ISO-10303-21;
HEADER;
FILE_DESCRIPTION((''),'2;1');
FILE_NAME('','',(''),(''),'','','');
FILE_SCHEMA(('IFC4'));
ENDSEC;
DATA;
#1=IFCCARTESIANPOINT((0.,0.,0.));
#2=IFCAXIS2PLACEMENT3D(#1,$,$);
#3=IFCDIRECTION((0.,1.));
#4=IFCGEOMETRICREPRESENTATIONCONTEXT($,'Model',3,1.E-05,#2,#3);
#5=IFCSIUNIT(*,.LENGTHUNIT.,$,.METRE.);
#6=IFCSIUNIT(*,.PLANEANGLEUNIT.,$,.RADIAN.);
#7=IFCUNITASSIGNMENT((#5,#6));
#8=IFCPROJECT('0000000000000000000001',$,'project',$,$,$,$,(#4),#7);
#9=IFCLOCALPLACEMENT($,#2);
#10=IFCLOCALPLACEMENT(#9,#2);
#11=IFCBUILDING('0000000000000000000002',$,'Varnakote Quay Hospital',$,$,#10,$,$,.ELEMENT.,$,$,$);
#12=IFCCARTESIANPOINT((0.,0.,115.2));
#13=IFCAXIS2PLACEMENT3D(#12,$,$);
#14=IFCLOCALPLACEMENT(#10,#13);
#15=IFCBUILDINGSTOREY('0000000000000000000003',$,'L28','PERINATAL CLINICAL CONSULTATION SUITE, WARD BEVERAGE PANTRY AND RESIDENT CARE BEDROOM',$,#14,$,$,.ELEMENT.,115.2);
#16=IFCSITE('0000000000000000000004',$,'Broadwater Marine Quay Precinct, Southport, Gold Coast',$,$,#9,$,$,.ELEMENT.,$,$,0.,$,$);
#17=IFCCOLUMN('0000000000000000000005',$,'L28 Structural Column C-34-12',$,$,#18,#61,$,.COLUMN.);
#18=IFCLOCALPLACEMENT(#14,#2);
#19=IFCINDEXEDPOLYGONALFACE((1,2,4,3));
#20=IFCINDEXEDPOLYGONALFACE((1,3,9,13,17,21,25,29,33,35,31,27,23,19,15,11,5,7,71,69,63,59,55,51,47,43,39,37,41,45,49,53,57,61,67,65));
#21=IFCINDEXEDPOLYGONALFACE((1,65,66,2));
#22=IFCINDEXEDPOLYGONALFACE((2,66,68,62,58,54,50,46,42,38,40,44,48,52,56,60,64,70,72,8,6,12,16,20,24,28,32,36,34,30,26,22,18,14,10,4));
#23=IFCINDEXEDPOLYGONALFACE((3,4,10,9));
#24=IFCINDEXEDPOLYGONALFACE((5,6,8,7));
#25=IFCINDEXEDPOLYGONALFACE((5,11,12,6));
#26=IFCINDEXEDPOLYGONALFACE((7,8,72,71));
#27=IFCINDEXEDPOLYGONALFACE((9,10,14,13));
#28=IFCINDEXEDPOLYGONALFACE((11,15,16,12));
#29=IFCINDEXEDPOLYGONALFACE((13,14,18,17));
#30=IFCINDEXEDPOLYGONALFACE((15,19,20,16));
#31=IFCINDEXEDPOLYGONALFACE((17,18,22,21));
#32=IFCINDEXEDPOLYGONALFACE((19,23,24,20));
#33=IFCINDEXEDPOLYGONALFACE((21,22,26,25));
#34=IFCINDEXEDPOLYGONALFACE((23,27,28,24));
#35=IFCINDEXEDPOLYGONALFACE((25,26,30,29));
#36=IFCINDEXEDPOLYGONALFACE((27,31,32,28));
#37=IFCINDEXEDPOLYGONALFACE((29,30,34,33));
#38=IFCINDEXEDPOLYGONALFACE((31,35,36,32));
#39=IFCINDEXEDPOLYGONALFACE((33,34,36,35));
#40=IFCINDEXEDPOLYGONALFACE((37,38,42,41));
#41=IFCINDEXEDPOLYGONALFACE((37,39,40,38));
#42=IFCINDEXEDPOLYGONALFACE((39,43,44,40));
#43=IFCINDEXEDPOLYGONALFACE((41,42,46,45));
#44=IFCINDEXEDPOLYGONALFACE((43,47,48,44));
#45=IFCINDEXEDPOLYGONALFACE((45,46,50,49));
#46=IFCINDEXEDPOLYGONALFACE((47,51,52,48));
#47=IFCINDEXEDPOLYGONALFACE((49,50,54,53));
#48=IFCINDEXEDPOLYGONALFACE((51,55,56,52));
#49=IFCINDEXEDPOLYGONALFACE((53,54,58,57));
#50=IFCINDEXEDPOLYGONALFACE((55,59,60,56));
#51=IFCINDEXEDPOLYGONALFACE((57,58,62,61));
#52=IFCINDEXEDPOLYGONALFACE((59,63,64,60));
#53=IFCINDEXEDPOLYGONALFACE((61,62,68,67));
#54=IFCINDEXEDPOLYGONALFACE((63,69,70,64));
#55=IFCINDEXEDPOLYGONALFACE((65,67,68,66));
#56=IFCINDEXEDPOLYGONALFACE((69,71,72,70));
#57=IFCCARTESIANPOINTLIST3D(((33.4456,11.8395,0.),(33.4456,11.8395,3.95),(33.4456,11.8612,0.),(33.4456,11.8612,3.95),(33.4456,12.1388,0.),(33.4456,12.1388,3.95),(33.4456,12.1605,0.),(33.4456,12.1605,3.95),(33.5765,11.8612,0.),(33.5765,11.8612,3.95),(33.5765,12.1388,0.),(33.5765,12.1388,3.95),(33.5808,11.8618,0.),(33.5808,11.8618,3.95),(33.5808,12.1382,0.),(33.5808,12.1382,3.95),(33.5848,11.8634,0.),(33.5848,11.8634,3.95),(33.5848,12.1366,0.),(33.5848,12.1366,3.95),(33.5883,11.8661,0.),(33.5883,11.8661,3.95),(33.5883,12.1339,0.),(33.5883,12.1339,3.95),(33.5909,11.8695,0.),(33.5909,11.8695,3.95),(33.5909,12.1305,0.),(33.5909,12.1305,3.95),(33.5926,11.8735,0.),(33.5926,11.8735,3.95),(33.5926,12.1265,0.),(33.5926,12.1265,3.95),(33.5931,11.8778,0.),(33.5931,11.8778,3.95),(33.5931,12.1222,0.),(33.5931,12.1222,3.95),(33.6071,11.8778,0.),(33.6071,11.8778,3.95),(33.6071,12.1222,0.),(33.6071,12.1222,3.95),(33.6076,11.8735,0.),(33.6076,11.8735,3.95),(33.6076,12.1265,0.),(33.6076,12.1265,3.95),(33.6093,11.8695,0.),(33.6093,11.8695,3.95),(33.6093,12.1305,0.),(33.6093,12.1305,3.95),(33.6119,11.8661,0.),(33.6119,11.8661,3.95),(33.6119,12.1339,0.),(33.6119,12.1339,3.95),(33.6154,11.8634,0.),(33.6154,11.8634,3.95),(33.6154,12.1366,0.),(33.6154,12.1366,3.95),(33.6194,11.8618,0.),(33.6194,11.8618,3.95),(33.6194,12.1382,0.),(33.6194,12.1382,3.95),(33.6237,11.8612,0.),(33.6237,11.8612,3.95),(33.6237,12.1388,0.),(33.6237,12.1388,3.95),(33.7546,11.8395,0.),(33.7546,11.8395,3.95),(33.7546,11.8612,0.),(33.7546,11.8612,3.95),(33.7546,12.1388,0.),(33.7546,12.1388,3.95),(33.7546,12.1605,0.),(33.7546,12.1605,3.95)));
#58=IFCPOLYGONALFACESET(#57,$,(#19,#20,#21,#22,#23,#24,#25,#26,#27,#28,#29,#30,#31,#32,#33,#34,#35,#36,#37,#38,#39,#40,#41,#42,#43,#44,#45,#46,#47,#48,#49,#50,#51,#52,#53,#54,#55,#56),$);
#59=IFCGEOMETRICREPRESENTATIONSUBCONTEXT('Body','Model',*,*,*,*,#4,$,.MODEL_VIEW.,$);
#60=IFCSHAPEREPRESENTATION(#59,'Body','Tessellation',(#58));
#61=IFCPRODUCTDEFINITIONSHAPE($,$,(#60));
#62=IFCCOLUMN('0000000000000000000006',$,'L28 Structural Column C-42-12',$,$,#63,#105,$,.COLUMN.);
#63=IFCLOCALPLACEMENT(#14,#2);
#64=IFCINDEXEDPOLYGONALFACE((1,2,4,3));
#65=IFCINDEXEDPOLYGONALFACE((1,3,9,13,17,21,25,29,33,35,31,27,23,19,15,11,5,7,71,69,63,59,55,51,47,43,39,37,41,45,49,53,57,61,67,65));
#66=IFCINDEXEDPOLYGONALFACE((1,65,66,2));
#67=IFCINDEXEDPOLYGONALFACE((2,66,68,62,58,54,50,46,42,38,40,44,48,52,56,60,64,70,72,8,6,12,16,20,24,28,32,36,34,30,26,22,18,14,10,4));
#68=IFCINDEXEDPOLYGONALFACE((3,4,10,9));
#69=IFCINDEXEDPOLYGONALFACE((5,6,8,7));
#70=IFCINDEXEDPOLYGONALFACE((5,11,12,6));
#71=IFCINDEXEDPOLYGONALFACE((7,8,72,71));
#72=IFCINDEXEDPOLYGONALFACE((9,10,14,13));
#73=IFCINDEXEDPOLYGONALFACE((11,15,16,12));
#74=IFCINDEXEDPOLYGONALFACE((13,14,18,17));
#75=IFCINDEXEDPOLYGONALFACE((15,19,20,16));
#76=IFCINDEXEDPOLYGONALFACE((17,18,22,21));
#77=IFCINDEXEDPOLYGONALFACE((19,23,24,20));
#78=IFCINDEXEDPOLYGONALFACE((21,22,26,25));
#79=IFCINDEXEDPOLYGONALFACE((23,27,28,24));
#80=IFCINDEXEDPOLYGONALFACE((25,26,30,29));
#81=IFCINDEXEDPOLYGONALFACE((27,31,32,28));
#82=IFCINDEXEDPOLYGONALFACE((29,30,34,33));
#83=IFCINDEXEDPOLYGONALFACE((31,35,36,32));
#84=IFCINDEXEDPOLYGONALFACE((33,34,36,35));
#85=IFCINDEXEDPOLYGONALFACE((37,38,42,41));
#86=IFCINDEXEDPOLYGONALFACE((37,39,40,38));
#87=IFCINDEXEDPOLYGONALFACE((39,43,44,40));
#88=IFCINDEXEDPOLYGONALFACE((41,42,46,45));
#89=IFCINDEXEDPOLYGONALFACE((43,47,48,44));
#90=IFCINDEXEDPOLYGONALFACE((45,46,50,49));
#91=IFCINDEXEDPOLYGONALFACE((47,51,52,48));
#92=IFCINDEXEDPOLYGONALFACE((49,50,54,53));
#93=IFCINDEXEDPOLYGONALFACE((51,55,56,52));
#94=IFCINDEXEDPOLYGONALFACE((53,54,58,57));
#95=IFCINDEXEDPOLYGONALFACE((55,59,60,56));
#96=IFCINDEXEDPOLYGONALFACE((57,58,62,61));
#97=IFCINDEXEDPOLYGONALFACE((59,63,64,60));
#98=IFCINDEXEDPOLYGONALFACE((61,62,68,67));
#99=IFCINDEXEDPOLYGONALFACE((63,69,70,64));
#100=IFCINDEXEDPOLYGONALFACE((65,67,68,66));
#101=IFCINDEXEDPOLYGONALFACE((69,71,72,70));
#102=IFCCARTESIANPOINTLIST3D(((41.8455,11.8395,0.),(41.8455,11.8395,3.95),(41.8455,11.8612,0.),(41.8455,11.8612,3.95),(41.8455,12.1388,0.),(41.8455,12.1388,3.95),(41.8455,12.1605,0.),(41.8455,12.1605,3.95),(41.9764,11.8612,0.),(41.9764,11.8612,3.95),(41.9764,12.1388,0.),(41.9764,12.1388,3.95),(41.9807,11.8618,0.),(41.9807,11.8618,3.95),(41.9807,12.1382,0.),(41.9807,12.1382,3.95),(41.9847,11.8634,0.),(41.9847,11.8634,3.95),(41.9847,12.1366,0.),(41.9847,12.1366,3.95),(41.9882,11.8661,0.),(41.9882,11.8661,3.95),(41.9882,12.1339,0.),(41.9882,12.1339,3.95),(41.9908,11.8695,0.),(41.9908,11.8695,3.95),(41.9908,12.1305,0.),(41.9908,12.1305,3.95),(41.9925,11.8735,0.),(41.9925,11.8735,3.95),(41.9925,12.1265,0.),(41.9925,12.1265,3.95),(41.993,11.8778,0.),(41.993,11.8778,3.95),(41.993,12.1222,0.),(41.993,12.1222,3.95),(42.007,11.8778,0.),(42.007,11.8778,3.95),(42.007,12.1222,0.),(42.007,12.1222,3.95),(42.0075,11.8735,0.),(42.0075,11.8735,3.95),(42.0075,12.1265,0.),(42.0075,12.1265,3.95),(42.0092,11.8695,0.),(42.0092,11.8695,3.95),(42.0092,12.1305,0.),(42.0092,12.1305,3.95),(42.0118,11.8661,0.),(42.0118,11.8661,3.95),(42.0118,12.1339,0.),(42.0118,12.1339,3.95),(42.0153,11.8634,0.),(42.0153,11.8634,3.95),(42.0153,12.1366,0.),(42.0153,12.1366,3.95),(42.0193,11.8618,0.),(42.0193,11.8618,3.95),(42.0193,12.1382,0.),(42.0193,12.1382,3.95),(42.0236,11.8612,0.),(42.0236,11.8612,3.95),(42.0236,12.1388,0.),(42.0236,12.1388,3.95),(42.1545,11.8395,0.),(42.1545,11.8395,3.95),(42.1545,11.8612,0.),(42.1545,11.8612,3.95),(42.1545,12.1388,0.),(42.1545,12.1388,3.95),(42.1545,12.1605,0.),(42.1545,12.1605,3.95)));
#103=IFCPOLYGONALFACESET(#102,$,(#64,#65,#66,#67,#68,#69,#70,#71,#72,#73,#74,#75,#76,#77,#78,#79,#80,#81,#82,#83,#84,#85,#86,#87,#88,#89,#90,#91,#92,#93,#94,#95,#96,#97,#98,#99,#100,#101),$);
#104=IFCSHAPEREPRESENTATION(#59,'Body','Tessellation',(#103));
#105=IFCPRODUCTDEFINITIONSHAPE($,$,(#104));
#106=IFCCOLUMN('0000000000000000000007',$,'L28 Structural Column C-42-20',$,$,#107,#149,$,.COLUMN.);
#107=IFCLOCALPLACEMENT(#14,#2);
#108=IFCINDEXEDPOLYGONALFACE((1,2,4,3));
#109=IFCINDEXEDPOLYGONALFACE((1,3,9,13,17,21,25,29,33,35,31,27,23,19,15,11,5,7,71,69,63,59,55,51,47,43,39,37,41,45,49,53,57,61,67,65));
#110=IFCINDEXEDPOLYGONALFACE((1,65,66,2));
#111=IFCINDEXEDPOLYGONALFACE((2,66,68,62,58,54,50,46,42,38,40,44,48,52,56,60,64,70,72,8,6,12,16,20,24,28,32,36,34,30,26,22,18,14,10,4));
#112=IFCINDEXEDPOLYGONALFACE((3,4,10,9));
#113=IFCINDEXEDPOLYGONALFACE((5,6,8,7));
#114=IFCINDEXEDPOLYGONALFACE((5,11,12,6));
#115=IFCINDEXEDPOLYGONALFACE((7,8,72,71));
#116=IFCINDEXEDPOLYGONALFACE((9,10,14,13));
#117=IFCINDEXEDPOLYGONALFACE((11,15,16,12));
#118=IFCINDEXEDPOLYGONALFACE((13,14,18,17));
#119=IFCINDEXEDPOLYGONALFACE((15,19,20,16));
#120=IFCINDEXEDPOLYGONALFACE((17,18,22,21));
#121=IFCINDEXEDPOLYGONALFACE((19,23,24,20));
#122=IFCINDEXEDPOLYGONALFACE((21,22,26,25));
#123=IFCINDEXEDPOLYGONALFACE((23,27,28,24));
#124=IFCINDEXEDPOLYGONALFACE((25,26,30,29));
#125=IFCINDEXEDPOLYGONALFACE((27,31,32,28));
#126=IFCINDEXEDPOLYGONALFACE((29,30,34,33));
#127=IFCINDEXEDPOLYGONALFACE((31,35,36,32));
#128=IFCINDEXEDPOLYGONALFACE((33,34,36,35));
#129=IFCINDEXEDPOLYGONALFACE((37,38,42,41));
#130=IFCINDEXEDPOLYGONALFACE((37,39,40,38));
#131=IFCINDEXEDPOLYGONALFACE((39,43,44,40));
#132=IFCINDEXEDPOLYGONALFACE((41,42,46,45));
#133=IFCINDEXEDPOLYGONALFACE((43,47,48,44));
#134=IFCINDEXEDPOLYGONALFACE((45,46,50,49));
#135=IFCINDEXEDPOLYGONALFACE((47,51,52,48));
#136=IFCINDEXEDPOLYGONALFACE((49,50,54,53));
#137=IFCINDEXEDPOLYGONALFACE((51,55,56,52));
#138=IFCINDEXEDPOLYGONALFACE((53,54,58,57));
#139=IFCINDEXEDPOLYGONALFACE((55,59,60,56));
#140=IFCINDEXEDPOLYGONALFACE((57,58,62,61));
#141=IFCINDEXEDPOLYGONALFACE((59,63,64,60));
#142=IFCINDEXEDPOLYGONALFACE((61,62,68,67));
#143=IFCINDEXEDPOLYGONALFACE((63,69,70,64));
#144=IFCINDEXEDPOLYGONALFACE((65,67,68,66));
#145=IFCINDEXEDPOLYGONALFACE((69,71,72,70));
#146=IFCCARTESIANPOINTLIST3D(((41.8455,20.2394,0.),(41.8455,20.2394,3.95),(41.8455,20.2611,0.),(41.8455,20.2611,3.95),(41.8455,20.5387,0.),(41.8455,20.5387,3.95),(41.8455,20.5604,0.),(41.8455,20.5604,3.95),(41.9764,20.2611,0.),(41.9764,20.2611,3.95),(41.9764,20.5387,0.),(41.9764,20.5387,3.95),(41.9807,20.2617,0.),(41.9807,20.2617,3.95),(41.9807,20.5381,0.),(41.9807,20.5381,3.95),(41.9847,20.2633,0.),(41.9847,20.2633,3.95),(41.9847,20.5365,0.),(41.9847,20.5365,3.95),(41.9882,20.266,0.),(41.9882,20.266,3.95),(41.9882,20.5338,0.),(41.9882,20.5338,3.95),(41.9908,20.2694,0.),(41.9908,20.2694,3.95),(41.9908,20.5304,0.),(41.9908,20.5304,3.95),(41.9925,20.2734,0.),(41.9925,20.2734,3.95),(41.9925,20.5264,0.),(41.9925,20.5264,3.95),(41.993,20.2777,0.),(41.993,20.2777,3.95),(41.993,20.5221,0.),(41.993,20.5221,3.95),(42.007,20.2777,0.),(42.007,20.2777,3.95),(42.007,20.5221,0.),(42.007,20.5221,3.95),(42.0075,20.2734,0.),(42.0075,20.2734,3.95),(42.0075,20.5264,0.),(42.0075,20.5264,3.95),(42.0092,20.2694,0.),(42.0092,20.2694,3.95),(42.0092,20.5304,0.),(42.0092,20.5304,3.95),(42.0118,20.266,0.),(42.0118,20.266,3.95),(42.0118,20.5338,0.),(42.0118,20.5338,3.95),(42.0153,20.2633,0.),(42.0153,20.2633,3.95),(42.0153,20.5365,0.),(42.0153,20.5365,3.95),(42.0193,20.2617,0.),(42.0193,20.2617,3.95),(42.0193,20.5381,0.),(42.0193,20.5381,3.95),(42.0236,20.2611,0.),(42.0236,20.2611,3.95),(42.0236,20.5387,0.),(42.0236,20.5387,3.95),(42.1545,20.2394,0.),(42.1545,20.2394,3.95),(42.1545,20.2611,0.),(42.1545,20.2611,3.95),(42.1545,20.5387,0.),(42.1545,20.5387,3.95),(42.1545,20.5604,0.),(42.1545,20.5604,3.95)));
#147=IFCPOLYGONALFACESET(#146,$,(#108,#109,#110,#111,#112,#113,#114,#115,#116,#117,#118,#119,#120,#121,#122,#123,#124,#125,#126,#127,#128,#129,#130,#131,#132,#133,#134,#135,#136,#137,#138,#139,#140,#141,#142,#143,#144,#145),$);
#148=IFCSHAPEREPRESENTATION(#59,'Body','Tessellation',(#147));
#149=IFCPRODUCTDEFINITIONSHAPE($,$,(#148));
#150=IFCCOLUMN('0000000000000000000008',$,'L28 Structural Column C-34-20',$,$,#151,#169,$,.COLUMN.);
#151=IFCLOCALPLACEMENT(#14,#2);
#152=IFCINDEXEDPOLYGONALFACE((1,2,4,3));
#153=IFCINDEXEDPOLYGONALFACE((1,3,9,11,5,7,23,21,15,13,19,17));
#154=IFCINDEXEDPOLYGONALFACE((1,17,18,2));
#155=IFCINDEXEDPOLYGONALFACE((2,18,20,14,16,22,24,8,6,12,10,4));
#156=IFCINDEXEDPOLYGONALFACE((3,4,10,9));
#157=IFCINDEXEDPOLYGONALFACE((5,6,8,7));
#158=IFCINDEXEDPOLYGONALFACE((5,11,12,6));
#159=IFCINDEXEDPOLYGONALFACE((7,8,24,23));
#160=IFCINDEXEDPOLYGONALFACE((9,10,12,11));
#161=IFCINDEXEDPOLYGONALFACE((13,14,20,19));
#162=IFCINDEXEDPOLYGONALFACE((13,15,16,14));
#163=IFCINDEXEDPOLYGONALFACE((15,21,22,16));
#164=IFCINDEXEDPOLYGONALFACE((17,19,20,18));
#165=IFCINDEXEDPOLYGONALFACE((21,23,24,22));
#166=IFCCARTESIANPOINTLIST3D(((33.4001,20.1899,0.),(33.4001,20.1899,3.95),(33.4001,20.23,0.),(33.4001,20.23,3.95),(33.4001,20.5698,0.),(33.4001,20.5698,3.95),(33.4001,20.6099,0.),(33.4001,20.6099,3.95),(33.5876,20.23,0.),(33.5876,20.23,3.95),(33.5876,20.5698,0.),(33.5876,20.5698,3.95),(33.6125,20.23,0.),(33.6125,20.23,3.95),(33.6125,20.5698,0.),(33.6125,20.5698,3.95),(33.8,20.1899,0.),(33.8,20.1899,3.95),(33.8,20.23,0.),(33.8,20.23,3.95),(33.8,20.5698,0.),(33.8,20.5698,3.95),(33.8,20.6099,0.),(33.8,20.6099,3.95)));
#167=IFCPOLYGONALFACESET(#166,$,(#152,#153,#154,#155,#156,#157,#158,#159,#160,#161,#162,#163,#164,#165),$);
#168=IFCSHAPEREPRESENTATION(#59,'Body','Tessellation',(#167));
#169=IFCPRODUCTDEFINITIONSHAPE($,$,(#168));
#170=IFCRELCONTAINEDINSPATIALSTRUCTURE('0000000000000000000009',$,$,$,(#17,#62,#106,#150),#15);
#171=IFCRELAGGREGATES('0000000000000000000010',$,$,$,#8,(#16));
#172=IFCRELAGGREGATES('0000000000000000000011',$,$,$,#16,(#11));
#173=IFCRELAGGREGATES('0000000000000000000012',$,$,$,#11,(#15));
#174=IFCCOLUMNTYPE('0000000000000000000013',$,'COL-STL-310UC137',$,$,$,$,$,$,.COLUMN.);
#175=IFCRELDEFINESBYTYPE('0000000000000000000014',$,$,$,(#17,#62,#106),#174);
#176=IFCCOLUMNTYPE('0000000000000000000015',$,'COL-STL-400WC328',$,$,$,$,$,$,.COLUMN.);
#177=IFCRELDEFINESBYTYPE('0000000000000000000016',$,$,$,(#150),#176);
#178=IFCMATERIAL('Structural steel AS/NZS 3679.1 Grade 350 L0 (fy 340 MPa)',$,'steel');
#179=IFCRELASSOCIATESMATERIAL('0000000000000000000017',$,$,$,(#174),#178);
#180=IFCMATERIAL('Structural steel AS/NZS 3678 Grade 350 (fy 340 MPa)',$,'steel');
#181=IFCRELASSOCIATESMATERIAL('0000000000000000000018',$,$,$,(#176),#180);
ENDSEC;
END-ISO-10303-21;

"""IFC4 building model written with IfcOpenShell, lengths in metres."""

from ifc_helpers import new_model, si_unit, direction, frame, origin, origin_2d, place, context, subcontext, project, spatial, i_section, extrude, material, material_profile, profile_set, type_object, element, save


model = new_model("IFC4")

# Units and contexts
model_context = context("Model", 3, precision=1e-05, world=origin(), true_north=direction((0.0, 1.0)))
body_context = subcontext(model_context, "Body", "Model", "MODEL_VIEW")
ifc_project = project(units=[si_unit("LENGTHUNIT", "METRE"), si_unit("PLANEANGLEUNIT", "RADIAN")], contexts=[model_context])

# Site, building, storey
site_placement = place(None, origin())
site = spatial("IfcSite", under=ifc_project, at=site_placement, Name="Broadwater Marine Quay Precinct, Southport, Gold Coast", CompositionType="ELEMENT", RefElevation=0.0)
building_placement = place(site_placement, origin())
building = spatial("IfcBuilding", under=site, at=building_placement, Name="Varnakote Quay Hospital", CompositionType="ELEMENT")
storey_placement = place(building_placement, frame((0.0, 0.0, 115.2)))
storey = spatial("IfcBuildingStorey", under=building, at=storey_placement, Name="L28", Description="PERINATAL CLINICAL CONSULTATION SUITE, WARD BEVERAGE PANTRY AND RESIDENT CARE BEDROOM", CompositionType="ELEMENT", Elevation=115.2)

# Columns
ifc_material_1 = material(Name="Structural steel AS/NZS 3679.1 Grade 350 L0 (fy 340 MPa)", Category="steel")
ifc_material_profile_1 = material_profile(ifc_material_1, i_section(OverallWidth=0.3091, OverallDepth=0.321, WebThickness=0.0139, FlangeThickness=0.0217, FilletRadius=0.0166, at=origin_2d()), Name="310UC137")
ifc_profile_set_1 = profile_set([ifc_material_profile_1], Name="Structural steel AS/NZS 3679.1 Grade 350 L0 (fy 340 MPa)")
column_type_1 = type_object("IfcColumnType", Name="COL-STL-310UC137", PredefinedType="COLUMN", material=ifc_profile_set_1)
for number, where, z_axis, x_axis, name in (
    (1, (33.6001, 12.0, 0.0), (0.0, 0.0, 1.0), (1.0, 0.0, 0.0), "L28 Structural Column C-34-12"),
    (2, (42.0, 12.0, 0.0), (0.0, 0.0, 1.0), (1.0, 0.0, 0.0), "L28 Structural Column C-42-12"),
    (3, (42.0, 20.3999, 0.0), (0.0, 0.0, 1.0), (1.0, 0.0, 0.0), "L28 Structural Column C-42-20"),
):
    element("IfcColumn", number, at=place(storey_placement, frame(where, z_axis=z_axis, x_axis=x_axis)), inside=storey, type_object=column_type_1, Name=name, PredefinedType="COLUMN", context=body_context, shape_type="SweptSolid", body=[
        extrude(i_section(OverallWidth=0.3091, OverallDepth=0.321, WebThickness=0.0139, FlangeThickness=0.0217, FilletRadius=0.0166, at=origin_2d()), origin(), (0.0, 0.0, 1.0), 3.95),
    ])
ifc_material_2 = material(Name="Structural steel AS/NZS 3678 Grade 350 (fy 340 MPa)", Category="steel")
ifc_material_profile_2 = material_profile(ifc_material_2, i_section(OverallWidth=0.3999, OverallDepth=0.4199, WebThickness=0.0249, FlangeThickness=0.04, at=origin_2d()), Name="400WC328")
ifc_profile_set_2 = profile_set([ifc_material_profile_2], Name="Structural steel AS/NZS 3678 Grade 350 (fy 340 MPa)")
column_type_2 = type_object("IfcColumnType", Name="COL-STL-400WC328", PredefinedType="COLUMN", material=ifc_profile_set_2)
column_placement = place(storey_placement, frame((33.6001, 20.3999, 0.0), z_axis=(0.0, 0.0, 1.0), x_axis=(1.0, 0.0, 0.0)))
element("IfcColumn", 4, at=column_placement, inside=storey, type_object=column_type_2, Name="L28 Structural Column C-34-20", PredefinedType="COLUMN", context=body_context, shape_type="SweptSolid", body=[
    extrude(i_section(OverallWidth=0.3999, OverallDepth=0.4199, WebThickness=0.0249, FlangeThickness=0.04, at=origin_2d()), origin(), (0.0, 0.0, 1.0), 3.95),
])

save(model, "model.ifc")
